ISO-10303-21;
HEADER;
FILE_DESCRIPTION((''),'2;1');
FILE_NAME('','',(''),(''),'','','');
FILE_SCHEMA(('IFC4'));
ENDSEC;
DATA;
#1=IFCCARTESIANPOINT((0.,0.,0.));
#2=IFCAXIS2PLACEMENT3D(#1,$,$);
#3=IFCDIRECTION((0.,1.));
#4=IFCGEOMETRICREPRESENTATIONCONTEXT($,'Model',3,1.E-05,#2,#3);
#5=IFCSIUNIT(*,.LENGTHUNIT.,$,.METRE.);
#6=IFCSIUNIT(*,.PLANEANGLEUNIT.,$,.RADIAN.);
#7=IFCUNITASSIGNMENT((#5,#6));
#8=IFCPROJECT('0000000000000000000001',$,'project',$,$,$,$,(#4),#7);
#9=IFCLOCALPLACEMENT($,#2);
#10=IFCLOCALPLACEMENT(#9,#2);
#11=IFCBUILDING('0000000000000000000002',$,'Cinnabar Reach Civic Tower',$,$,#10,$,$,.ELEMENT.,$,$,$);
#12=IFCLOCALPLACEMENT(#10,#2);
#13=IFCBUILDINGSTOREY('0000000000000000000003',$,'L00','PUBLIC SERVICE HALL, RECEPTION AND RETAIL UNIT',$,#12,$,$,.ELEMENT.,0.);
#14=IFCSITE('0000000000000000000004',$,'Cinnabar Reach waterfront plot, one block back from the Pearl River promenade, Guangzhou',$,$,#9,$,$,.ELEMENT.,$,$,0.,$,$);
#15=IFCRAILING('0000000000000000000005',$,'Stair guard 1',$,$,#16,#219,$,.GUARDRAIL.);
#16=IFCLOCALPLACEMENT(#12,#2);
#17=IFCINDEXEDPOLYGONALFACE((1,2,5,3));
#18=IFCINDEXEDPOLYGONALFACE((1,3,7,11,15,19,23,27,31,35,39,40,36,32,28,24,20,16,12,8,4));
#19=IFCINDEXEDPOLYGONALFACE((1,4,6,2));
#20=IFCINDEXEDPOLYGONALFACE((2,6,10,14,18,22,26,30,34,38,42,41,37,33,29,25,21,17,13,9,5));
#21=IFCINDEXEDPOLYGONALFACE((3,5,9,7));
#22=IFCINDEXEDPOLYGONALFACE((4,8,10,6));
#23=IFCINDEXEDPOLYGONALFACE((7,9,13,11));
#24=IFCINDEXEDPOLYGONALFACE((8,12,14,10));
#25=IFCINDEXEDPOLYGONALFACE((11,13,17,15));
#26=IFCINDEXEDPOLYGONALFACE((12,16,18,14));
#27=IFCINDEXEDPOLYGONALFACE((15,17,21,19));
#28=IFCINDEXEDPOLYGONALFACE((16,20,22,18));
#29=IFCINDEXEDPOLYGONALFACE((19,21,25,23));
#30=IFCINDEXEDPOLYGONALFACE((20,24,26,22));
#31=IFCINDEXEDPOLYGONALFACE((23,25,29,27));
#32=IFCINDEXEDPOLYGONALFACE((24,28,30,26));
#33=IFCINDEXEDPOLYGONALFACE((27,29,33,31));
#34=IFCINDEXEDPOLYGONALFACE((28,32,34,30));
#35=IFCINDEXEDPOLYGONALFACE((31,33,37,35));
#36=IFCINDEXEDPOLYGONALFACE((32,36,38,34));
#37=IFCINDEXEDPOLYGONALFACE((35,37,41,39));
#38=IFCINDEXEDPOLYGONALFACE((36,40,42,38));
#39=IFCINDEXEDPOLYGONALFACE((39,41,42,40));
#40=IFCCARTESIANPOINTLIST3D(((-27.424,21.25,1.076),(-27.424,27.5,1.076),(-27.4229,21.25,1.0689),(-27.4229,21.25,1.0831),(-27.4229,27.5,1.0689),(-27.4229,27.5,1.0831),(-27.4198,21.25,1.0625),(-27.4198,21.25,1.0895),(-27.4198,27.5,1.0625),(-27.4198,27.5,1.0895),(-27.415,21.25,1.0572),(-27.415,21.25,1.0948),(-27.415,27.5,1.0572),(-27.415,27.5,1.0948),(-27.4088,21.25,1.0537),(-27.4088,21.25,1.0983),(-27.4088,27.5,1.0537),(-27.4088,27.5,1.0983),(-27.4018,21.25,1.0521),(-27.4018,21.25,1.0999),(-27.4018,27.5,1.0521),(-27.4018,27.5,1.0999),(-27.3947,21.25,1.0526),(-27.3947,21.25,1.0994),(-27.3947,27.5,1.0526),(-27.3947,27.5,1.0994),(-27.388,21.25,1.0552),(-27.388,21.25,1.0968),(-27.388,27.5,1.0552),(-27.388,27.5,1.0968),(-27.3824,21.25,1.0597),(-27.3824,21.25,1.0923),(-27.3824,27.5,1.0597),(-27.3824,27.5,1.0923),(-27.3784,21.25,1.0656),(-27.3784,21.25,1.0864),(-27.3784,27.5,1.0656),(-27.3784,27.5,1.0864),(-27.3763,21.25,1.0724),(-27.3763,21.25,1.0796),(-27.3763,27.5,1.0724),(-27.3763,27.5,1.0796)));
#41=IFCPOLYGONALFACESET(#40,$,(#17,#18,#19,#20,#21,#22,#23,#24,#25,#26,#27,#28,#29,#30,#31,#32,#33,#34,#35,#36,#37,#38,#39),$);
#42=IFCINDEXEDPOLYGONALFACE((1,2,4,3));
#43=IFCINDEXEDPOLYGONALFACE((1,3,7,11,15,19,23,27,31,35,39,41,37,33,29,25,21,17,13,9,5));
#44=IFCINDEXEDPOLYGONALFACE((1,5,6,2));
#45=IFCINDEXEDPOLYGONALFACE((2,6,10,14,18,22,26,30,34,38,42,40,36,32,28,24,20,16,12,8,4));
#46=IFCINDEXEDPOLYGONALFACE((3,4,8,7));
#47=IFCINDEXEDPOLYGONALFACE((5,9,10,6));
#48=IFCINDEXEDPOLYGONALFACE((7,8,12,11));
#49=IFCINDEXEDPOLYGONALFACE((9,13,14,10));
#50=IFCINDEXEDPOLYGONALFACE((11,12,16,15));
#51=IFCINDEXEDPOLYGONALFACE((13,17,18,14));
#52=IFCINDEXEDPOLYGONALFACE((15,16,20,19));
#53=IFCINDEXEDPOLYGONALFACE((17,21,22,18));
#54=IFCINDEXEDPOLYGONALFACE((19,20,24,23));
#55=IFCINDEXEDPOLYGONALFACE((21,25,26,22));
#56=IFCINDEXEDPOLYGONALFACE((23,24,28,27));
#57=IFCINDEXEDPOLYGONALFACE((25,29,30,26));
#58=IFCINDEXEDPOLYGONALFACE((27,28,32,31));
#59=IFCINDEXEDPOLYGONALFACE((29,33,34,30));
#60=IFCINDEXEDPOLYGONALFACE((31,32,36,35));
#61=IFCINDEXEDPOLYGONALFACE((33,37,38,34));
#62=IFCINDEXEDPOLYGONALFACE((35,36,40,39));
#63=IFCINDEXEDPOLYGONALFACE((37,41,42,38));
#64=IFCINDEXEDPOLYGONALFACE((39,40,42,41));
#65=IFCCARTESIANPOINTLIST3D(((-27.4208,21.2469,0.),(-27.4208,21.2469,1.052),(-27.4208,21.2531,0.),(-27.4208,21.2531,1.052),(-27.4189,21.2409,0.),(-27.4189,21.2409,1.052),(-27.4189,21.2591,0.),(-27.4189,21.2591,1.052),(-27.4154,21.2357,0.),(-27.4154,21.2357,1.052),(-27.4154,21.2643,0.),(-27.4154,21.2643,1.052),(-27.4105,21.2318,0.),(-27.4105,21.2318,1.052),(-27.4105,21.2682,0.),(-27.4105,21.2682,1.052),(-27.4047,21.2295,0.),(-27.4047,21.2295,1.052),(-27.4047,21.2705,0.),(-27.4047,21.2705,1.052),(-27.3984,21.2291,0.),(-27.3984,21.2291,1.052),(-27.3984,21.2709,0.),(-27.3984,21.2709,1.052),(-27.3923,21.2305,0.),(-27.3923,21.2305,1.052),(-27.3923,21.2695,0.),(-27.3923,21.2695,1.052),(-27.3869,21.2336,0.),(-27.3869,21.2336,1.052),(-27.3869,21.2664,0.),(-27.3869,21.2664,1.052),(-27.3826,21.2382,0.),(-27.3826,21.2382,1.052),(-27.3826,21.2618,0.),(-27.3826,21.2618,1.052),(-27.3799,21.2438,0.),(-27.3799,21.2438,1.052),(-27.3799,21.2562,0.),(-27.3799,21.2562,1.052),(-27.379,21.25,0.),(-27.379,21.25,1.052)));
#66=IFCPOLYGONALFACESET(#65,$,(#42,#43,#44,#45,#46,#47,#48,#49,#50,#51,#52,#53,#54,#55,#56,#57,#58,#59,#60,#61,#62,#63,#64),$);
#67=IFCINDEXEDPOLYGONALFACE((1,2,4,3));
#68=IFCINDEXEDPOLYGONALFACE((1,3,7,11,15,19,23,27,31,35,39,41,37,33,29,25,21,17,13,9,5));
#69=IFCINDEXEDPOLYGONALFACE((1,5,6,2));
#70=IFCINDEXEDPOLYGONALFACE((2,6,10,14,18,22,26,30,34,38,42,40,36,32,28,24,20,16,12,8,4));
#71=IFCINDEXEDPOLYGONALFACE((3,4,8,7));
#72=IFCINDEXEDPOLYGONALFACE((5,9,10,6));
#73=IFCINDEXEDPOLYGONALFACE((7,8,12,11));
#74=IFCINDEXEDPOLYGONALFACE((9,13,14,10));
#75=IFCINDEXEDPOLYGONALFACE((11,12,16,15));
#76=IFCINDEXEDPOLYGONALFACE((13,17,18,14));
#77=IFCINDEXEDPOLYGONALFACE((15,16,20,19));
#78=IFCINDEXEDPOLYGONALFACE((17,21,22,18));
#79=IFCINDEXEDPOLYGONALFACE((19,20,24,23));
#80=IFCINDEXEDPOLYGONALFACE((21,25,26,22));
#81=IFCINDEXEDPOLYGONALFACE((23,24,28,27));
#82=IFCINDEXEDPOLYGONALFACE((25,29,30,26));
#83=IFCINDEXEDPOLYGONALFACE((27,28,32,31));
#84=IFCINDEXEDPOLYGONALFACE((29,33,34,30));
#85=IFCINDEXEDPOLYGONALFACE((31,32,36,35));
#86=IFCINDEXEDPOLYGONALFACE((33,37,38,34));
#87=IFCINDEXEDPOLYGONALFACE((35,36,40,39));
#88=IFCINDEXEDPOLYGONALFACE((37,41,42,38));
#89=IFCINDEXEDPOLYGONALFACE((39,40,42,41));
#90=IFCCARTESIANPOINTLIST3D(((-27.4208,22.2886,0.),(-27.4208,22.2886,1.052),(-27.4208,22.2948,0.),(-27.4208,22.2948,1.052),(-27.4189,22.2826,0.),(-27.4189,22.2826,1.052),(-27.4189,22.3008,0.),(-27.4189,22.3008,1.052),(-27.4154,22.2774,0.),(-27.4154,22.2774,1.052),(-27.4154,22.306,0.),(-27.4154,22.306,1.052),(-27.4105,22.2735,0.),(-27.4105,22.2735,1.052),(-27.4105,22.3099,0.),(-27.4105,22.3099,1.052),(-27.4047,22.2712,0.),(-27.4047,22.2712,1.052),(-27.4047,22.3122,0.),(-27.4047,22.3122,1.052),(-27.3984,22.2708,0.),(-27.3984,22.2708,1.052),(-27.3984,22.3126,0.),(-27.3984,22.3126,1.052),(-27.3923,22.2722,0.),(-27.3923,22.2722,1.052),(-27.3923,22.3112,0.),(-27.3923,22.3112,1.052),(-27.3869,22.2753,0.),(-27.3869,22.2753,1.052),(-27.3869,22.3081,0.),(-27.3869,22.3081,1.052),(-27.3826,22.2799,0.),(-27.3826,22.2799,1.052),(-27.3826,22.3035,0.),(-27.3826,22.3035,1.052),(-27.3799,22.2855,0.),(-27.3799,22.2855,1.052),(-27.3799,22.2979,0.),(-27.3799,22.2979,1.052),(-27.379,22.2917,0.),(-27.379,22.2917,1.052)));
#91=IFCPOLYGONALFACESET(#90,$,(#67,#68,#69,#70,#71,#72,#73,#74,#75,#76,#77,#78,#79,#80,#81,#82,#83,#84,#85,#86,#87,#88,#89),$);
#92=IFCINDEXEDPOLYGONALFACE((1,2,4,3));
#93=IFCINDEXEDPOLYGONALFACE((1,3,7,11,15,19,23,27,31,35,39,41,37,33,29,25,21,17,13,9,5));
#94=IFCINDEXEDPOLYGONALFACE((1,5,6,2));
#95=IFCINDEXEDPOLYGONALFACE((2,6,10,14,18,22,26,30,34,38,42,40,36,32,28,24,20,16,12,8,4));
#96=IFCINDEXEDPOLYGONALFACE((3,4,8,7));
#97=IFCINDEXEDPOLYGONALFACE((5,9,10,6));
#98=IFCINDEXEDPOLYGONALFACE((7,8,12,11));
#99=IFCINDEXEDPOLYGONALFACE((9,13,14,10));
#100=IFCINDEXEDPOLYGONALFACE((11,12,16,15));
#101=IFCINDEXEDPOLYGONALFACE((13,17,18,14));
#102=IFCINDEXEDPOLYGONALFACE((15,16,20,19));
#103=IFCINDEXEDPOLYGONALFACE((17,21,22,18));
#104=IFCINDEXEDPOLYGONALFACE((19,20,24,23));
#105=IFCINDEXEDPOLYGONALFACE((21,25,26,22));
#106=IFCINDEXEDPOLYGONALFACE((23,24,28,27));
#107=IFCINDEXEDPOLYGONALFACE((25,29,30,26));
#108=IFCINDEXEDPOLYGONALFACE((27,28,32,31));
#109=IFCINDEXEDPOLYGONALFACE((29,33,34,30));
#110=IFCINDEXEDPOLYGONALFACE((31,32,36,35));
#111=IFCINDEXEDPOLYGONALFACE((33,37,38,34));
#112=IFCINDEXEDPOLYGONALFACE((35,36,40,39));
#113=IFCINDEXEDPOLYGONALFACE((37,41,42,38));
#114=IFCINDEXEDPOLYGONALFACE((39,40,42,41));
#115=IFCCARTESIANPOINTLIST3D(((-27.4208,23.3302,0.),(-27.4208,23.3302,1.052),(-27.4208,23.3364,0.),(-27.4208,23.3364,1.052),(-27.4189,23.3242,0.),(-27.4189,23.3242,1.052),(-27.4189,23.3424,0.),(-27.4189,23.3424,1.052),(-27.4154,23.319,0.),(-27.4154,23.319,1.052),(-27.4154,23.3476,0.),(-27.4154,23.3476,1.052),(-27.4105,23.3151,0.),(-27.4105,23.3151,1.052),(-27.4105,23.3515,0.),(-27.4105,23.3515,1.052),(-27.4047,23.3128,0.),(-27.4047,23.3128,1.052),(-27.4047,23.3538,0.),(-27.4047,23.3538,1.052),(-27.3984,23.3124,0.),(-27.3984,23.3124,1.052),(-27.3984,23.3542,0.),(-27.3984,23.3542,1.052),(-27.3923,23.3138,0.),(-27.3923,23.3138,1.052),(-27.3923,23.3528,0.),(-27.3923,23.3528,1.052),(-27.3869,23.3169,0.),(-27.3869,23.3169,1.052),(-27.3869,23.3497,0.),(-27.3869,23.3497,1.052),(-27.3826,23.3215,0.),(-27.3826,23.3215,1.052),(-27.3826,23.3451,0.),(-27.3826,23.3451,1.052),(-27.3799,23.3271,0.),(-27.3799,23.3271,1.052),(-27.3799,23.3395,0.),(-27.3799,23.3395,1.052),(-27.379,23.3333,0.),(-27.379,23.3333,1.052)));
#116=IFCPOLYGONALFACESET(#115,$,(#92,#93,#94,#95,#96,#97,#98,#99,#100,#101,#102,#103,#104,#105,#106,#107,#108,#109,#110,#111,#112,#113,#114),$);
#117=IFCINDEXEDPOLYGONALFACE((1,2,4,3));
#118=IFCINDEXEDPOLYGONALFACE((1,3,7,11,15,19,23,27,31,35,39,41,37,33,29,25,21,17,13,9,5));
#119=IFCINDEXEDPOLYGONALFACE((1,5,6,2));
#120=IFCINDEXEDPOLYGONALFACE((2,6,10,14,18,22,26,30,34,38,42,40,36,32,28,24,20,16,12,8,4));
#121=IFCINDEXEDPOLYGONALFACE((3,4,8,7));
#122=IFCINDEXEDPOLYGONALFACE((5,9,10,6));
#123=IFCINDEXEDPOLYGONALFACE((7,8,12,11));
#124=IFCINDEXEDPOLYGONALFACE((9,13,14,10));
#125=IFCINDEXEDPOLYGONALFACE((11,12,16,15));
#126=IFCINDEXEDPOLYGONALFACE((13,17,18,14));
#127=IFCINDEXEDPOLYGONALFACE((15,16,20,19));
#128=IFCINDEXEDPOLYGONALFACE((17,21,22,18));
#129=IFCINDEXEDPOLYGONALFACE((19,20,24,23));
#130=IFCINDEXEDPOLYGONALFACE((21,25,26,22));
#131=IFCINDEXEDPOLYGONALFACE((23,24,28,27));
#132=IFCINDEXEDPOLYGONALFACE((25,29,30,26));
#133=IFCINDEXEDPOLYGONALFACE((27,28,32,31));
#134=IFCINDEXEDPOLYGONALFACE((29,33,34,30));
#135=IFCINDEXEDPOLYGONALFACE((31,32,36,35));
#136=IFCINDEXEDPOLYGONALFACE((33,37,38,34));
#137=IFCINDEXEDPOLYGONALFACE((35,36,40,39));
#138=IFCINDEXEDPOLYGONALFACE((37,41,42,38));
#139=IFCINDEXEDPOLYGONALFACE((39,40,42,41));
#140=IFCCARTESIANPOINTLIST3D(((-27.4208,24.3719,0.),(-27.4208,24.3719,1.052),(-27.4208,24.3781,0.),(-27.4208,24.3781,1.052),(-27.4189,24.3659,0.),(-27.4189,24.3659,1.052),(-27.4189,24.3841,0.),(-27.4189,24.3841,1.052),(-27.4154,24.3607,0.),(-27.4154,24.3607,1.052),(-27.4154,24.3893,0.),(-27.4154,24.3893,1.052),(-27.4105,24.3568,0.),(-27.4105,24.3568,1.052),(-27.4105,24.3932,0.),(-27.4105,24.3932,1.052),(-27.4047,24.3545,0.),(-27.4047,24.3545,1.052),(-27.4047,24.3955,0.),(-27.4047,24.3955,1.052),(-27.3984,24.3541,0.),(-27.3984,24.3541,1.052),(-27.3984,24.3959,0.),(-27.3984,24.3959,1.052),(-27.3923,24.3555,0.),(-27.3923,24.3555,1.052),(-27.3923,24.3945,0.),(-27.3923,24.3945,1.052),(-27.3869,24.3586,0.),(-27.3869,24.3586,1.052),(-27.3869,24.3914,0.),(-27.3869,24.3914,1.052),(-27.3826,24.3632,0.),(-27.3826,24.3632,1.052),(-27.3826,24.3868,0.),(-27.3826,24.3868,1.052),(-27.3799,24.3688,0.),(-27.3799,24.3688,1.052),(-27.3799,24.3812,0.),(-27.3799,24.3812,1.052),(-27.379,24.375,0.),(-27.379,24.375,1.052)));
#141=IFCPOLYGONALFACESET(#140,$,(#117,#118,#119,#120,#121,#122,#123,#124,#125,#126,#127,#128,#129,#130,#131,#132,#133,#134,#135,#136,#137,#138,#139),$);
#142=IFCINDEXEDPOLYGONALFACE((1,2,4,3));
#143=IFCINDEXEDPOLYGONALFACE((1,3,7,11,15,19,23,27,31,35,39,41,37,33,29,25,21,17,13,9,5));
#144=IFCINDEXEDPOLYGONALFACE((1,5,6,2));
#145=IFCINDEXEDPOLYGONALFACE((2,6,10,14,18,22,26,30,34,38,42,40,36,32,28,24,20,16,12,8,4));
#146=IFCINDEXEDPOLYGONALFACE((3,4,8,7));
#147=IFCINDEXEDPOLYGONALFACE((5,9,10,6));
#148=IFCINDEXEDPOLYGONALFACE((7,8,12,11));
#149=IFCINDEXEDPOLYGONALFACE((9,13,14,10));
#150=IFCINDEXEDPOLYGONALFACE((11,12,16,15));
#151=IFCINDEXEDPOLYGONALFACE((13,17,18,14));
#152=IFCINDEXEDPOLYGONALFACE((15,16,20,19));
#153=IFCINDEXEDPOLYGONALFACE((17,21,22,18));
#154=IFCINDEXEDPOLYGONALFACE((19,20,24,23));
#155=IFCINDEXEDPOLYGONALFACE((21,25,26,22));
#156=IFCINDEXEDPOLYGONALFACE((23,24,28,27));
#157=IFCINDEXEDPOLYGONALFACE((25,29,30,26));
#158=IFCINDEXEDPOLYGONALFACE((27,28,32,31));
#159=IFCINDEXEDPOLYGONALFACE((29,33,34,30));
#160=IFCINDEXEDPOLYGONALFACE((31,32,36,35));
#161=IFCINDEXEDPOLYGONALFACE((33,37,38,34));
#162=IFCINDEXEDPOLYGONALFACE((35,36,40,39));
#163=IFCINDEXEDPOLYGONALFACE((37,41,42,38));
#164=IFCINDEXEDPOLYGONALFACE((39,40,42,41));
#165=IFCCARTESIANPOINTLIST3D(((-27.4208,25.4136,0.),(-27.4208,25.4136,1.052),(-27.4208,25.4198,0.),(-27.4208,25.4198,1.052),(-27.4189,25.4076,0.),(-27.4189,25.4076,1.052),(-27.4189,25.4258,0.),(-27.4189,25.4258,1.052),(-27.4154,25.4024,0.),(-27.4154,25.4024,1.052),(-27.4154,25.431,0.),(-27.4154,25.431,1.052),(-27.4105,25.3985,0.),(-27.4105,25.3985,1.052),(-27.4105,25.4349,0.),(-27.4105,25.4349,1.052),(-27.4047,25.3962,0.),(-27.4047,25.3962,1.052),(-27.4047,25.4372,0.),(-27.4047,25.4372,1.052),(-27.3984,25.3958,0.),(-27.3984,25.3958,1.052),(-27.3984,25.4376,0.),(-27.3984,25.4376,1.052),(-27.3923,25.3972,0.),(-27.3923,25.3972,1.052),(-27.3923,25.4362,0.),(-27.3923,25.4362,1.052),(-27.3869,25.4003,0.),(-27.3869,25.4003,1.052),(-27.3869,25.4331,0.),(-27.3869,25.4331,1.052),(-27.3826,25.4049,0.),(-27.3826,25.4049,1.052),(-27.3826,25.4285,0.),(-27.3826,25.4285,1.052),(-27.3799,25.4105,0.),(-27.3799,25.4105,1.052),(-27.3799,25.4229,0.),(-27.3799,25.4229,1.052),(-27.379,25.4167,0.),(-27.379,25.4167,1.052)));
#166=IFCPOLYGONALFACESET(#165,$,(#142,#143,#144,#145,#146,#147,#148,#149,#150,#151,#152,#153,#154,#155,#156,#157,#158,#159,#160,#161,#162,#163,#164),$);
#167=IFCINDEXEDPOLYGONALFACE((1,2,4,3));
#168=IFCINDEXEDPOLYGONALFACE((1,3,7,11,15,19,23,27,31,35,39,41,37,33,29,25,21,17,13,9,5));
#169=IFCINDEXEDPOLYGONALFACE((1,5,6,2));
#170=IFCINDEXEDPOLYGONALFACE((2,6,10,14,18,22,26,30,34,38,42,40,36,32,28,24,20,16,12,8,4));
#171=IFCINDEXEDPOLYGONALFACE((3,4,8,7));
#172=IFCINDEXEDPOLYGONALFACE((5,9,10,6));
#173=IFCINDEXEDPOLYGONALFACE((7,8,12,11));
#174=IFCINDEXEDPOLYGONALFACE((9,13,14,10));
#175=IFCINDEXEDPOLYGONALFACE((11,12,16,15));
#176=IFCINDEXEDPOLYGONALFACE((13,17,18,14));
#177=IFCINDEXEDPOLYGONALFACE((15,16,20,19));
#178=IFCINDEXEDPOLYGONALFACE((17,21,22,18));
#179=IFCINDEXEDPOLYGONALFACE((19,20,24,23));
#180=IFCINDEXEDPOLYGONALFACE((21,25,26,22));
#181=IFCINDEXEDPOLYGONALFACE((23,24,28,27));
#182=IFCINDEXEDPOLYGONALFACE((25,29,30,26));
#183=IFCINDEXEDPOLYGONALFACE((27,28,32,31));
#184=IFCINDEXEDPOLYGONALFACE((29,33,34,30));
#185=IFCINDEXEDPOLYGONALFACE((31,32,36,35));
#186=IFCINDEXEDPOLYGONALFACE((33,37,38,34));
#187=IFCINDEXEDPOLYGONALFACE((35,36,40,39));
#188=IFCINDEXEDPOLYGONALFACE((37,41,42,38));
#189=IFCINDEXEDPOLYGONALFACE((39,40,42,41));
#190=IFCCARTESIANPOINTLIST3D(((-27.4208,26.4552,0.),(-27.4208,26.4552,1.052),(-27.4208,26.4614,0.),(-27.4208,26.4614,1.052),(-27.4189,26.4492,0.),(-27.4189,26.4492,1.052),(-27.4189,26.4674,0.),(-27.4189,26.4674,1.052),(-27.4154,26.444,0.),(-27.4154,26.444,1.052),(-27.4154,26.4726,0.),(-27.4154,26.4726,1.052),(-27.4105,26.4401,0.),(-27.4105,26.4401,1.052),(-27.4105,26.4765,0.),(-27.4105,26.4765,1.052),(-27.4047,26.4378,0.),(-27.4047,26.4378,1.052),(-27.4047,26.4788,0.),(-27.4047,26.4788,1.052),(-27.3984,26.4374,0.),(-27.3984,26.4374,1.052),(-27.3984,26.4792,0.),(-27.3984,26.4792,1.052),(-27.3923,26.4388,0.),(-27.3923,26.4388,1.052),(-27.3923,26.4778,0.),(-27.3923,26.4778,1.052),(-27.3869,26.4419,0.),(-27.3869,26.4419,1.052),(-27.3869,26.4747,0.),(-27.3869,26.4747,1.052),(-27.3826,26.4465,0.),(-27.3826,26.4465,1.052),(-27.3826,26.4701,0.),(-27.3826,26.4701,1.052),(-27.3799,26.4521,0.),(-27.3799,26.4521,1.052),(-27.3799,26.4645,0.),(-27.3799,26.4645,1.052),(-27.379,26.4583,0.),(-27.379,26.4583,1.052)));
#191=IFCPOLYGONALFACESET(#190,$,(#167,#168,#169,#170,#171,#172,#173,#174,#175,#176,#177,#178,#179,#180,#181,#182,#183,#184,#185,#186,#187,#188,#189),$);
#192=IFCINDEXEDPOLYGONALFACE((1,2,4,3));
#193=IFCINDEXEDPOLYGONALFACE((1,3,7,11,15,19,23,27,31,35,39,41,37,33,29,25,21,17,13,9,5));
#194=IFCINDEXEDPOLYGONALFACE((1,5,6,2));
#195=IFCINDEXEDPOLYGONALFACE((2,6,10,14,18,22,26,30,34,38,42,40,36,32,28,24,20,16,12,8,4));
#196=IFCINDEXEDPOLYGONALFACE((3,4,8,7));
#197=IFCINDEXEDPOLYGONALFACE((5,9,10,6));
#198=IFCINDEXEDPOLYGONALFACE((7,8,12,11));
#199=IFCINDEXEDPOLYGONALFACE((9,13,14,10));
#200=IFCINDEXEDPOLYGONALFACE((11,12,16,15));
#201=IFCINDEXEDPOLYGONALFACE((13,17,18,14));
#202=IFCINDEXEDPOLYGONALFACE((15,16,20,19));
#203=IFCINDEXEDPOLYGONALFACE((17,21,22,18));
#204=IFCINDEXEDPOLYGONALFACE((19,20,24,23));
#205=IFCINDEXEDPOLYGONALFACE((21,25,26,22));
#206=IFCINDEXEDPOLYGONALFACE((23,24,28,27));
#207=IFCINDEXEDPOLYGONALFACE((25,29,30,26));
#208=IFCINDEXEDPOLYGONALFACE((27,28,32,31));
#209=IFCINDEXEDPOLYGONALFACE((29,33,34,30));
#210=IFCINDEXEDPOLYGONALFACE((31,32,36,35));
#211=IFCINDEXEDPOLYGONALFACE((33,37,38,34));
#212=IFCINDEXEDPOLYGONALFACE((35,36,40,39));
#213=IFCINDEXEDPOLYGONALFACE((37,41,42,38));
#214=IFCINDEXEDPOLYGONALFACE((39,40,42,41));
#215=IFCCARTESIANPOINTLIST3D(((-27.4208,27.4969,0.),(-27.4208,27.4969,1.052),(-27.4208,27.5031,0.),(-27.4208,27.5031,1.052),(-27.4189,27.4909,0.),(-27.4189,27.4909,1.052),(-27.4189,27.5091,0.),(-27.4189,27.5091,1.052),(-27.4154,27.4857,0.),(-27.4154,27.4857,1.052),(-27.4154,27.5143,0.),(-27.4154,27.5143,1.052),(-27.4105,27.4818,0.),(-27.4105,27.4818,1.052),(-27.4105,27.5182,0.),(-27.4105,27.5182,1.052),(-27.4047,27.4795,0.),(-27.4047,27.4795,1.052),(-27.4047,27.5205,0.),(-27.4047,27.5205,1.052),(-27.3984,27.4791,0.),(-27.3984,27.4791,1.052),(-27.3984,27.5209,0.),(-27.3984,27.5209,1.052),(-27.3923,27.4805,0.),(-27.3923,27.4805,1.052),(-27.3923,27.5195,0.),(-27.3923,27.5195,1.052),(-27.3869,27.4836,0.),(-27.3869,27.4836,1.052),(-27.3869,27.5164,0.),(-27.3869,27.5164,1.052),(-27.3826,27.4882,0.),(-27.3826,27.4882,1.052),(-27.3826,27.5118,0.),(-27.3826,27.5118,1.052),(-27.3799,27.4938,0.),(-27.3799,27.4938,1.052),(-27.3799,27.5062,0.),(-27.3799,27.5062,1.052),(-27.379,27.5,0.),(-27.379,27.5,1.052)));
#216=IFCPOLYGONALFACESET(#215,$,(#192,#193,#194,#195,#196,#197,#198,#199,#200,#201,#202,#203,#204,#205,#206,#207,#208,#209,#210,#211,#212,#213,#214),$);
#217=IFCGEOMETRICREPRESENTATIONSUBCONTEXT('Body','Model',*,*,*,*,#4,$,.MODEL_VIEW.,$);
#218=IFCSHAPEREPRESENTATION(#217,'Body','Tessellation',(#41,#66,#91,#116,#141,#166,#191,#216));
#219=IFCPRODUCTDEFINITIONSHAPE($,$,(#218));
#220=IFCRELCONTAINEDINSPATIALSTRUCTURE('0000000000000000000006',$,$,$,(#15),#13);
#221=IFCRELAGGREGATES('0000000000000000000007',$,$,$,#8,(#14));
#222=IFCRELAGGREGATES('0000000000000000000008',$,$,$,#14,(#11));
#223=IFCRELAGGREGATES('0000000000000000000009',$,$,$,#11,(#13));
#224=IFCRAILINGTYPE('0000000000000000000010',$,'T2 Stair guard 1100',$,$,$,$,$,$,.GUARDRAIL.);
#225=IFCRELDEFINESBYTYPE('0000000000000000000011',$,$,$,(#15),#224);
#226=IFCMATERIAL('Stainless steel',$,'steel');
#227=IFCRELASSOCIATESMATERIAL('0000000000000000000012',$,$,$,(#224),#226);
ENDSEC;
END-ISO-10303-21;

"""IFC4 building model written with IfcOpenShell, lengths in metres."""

from ifc_helpers import new_model, si_unit, direction, frame, origin, origin_2d, place, context, subcontext, project, spatial, circle, extrude, material, type_object, element, save


model = new_model("IFC4")

# Units and contexts
model_context = context("Model", 3, precision=1e-05, world=origin(), true_north=direction((0.0, 1.0)))
body_context = subcontext(model_context, "Body", "Model", "MODEL_VIEW")
ifc_project = project(units=[si_unit("LENGTHUNIT", "METRE"), si_unit("PLANEANGLEUNIT", "RADIAN")], contexts=[model_context])

# Site, building, storey
site_placement = place(None, origin())
site = spatial("IfcSite", under=ifc_project, at=site_placement, Name="Cinnabar Reach waterfront plot, one block back from the Pearl River promenade, Guangzhou", CompositionType="ELEMENT", RefElevation=0.0)
building_placement = place(site_placement, origin())
building = spatial("IfcBuilding", under=site, at=building_placement, Name="Cinnabar Reach Civic Tower", CompositionType="ELEMENT")
storey_placement = place(building_placement, origin())
storey = spatial("IfcBuildingStorey", under=building, at=storey_placement, Name="L00", Description="PUBLIC SERVICE HALL, RECEPTION AND RETAIL UNIT", CompositionType="ELEMENT", Elevation=0.0)

# Railing
ifc_material_1 = material(Name="Stainless steel", Category="steel")
railing_type = type_object("IfcRailingType", Name="T2 Stair guard 1100", PredefinedType="GUARDRAIL", material=ifc_material_1)
for number, where, name in (
    (1, (-27.4, 21.25, 0.0), "Stair guard 1"),
):
    element("IfcRailing", number, at=place(storey_placement, frame(where)), inside=storey, type_object=railing_type, Name=name, PredefinedType="GUARDRAIL", context=body_context, shape_type="SweptSolid", body=[
        extrude(circle(Radius=0.024, at=origin_2d()), frame((0.0, 0.0, 1.076), z_axis=(0.0, 1.0, 0.0), x_axis=(-1.0, 0.0, 0.0)), (0.0, 0.0, 1.0), 6.25),
        extrude(circle(Radius=0.021, at=origin_2d()), origin(), (0.0, 0.0, 1.0), 1.052),
        extrude(circle(Radius=0.021, at=origin_2d()), frame((0.0, 1.0417, 0.0)), (0.0, 0.0, 1.0), 1.052),
        extrude(circle(Radius=0.021, at=origin_2d()), frame((0.0, 2.0833, 0.0)), (0.0, 0.0, 1.0), 1.052),
        extrude(circle(Radius=0.021, at=origin_2d()), frame((0.0, 3.125, 0.0)), (0.0, 0.0, 1.0), 1.052),
        extrude(circle(Radius=0.021, at=origin_2d()), frame((0.0, 4.1667, 0.0)), (0.0, 0.0, 1.0), 1.052),
        extrude(circle(Radius=0.021, at=origin_2d()), frame((0.0, 5.2083, 0.0)), (0.0, 0.0, 1.0), 1.052),
        extrude(circle(Radius=0.021, at=origin_2d()), frame((0.0, 6.25, 0.0)), (0.0, 0.0, 1.0), 1.052),
    ])

save(model, "model.ifc")
